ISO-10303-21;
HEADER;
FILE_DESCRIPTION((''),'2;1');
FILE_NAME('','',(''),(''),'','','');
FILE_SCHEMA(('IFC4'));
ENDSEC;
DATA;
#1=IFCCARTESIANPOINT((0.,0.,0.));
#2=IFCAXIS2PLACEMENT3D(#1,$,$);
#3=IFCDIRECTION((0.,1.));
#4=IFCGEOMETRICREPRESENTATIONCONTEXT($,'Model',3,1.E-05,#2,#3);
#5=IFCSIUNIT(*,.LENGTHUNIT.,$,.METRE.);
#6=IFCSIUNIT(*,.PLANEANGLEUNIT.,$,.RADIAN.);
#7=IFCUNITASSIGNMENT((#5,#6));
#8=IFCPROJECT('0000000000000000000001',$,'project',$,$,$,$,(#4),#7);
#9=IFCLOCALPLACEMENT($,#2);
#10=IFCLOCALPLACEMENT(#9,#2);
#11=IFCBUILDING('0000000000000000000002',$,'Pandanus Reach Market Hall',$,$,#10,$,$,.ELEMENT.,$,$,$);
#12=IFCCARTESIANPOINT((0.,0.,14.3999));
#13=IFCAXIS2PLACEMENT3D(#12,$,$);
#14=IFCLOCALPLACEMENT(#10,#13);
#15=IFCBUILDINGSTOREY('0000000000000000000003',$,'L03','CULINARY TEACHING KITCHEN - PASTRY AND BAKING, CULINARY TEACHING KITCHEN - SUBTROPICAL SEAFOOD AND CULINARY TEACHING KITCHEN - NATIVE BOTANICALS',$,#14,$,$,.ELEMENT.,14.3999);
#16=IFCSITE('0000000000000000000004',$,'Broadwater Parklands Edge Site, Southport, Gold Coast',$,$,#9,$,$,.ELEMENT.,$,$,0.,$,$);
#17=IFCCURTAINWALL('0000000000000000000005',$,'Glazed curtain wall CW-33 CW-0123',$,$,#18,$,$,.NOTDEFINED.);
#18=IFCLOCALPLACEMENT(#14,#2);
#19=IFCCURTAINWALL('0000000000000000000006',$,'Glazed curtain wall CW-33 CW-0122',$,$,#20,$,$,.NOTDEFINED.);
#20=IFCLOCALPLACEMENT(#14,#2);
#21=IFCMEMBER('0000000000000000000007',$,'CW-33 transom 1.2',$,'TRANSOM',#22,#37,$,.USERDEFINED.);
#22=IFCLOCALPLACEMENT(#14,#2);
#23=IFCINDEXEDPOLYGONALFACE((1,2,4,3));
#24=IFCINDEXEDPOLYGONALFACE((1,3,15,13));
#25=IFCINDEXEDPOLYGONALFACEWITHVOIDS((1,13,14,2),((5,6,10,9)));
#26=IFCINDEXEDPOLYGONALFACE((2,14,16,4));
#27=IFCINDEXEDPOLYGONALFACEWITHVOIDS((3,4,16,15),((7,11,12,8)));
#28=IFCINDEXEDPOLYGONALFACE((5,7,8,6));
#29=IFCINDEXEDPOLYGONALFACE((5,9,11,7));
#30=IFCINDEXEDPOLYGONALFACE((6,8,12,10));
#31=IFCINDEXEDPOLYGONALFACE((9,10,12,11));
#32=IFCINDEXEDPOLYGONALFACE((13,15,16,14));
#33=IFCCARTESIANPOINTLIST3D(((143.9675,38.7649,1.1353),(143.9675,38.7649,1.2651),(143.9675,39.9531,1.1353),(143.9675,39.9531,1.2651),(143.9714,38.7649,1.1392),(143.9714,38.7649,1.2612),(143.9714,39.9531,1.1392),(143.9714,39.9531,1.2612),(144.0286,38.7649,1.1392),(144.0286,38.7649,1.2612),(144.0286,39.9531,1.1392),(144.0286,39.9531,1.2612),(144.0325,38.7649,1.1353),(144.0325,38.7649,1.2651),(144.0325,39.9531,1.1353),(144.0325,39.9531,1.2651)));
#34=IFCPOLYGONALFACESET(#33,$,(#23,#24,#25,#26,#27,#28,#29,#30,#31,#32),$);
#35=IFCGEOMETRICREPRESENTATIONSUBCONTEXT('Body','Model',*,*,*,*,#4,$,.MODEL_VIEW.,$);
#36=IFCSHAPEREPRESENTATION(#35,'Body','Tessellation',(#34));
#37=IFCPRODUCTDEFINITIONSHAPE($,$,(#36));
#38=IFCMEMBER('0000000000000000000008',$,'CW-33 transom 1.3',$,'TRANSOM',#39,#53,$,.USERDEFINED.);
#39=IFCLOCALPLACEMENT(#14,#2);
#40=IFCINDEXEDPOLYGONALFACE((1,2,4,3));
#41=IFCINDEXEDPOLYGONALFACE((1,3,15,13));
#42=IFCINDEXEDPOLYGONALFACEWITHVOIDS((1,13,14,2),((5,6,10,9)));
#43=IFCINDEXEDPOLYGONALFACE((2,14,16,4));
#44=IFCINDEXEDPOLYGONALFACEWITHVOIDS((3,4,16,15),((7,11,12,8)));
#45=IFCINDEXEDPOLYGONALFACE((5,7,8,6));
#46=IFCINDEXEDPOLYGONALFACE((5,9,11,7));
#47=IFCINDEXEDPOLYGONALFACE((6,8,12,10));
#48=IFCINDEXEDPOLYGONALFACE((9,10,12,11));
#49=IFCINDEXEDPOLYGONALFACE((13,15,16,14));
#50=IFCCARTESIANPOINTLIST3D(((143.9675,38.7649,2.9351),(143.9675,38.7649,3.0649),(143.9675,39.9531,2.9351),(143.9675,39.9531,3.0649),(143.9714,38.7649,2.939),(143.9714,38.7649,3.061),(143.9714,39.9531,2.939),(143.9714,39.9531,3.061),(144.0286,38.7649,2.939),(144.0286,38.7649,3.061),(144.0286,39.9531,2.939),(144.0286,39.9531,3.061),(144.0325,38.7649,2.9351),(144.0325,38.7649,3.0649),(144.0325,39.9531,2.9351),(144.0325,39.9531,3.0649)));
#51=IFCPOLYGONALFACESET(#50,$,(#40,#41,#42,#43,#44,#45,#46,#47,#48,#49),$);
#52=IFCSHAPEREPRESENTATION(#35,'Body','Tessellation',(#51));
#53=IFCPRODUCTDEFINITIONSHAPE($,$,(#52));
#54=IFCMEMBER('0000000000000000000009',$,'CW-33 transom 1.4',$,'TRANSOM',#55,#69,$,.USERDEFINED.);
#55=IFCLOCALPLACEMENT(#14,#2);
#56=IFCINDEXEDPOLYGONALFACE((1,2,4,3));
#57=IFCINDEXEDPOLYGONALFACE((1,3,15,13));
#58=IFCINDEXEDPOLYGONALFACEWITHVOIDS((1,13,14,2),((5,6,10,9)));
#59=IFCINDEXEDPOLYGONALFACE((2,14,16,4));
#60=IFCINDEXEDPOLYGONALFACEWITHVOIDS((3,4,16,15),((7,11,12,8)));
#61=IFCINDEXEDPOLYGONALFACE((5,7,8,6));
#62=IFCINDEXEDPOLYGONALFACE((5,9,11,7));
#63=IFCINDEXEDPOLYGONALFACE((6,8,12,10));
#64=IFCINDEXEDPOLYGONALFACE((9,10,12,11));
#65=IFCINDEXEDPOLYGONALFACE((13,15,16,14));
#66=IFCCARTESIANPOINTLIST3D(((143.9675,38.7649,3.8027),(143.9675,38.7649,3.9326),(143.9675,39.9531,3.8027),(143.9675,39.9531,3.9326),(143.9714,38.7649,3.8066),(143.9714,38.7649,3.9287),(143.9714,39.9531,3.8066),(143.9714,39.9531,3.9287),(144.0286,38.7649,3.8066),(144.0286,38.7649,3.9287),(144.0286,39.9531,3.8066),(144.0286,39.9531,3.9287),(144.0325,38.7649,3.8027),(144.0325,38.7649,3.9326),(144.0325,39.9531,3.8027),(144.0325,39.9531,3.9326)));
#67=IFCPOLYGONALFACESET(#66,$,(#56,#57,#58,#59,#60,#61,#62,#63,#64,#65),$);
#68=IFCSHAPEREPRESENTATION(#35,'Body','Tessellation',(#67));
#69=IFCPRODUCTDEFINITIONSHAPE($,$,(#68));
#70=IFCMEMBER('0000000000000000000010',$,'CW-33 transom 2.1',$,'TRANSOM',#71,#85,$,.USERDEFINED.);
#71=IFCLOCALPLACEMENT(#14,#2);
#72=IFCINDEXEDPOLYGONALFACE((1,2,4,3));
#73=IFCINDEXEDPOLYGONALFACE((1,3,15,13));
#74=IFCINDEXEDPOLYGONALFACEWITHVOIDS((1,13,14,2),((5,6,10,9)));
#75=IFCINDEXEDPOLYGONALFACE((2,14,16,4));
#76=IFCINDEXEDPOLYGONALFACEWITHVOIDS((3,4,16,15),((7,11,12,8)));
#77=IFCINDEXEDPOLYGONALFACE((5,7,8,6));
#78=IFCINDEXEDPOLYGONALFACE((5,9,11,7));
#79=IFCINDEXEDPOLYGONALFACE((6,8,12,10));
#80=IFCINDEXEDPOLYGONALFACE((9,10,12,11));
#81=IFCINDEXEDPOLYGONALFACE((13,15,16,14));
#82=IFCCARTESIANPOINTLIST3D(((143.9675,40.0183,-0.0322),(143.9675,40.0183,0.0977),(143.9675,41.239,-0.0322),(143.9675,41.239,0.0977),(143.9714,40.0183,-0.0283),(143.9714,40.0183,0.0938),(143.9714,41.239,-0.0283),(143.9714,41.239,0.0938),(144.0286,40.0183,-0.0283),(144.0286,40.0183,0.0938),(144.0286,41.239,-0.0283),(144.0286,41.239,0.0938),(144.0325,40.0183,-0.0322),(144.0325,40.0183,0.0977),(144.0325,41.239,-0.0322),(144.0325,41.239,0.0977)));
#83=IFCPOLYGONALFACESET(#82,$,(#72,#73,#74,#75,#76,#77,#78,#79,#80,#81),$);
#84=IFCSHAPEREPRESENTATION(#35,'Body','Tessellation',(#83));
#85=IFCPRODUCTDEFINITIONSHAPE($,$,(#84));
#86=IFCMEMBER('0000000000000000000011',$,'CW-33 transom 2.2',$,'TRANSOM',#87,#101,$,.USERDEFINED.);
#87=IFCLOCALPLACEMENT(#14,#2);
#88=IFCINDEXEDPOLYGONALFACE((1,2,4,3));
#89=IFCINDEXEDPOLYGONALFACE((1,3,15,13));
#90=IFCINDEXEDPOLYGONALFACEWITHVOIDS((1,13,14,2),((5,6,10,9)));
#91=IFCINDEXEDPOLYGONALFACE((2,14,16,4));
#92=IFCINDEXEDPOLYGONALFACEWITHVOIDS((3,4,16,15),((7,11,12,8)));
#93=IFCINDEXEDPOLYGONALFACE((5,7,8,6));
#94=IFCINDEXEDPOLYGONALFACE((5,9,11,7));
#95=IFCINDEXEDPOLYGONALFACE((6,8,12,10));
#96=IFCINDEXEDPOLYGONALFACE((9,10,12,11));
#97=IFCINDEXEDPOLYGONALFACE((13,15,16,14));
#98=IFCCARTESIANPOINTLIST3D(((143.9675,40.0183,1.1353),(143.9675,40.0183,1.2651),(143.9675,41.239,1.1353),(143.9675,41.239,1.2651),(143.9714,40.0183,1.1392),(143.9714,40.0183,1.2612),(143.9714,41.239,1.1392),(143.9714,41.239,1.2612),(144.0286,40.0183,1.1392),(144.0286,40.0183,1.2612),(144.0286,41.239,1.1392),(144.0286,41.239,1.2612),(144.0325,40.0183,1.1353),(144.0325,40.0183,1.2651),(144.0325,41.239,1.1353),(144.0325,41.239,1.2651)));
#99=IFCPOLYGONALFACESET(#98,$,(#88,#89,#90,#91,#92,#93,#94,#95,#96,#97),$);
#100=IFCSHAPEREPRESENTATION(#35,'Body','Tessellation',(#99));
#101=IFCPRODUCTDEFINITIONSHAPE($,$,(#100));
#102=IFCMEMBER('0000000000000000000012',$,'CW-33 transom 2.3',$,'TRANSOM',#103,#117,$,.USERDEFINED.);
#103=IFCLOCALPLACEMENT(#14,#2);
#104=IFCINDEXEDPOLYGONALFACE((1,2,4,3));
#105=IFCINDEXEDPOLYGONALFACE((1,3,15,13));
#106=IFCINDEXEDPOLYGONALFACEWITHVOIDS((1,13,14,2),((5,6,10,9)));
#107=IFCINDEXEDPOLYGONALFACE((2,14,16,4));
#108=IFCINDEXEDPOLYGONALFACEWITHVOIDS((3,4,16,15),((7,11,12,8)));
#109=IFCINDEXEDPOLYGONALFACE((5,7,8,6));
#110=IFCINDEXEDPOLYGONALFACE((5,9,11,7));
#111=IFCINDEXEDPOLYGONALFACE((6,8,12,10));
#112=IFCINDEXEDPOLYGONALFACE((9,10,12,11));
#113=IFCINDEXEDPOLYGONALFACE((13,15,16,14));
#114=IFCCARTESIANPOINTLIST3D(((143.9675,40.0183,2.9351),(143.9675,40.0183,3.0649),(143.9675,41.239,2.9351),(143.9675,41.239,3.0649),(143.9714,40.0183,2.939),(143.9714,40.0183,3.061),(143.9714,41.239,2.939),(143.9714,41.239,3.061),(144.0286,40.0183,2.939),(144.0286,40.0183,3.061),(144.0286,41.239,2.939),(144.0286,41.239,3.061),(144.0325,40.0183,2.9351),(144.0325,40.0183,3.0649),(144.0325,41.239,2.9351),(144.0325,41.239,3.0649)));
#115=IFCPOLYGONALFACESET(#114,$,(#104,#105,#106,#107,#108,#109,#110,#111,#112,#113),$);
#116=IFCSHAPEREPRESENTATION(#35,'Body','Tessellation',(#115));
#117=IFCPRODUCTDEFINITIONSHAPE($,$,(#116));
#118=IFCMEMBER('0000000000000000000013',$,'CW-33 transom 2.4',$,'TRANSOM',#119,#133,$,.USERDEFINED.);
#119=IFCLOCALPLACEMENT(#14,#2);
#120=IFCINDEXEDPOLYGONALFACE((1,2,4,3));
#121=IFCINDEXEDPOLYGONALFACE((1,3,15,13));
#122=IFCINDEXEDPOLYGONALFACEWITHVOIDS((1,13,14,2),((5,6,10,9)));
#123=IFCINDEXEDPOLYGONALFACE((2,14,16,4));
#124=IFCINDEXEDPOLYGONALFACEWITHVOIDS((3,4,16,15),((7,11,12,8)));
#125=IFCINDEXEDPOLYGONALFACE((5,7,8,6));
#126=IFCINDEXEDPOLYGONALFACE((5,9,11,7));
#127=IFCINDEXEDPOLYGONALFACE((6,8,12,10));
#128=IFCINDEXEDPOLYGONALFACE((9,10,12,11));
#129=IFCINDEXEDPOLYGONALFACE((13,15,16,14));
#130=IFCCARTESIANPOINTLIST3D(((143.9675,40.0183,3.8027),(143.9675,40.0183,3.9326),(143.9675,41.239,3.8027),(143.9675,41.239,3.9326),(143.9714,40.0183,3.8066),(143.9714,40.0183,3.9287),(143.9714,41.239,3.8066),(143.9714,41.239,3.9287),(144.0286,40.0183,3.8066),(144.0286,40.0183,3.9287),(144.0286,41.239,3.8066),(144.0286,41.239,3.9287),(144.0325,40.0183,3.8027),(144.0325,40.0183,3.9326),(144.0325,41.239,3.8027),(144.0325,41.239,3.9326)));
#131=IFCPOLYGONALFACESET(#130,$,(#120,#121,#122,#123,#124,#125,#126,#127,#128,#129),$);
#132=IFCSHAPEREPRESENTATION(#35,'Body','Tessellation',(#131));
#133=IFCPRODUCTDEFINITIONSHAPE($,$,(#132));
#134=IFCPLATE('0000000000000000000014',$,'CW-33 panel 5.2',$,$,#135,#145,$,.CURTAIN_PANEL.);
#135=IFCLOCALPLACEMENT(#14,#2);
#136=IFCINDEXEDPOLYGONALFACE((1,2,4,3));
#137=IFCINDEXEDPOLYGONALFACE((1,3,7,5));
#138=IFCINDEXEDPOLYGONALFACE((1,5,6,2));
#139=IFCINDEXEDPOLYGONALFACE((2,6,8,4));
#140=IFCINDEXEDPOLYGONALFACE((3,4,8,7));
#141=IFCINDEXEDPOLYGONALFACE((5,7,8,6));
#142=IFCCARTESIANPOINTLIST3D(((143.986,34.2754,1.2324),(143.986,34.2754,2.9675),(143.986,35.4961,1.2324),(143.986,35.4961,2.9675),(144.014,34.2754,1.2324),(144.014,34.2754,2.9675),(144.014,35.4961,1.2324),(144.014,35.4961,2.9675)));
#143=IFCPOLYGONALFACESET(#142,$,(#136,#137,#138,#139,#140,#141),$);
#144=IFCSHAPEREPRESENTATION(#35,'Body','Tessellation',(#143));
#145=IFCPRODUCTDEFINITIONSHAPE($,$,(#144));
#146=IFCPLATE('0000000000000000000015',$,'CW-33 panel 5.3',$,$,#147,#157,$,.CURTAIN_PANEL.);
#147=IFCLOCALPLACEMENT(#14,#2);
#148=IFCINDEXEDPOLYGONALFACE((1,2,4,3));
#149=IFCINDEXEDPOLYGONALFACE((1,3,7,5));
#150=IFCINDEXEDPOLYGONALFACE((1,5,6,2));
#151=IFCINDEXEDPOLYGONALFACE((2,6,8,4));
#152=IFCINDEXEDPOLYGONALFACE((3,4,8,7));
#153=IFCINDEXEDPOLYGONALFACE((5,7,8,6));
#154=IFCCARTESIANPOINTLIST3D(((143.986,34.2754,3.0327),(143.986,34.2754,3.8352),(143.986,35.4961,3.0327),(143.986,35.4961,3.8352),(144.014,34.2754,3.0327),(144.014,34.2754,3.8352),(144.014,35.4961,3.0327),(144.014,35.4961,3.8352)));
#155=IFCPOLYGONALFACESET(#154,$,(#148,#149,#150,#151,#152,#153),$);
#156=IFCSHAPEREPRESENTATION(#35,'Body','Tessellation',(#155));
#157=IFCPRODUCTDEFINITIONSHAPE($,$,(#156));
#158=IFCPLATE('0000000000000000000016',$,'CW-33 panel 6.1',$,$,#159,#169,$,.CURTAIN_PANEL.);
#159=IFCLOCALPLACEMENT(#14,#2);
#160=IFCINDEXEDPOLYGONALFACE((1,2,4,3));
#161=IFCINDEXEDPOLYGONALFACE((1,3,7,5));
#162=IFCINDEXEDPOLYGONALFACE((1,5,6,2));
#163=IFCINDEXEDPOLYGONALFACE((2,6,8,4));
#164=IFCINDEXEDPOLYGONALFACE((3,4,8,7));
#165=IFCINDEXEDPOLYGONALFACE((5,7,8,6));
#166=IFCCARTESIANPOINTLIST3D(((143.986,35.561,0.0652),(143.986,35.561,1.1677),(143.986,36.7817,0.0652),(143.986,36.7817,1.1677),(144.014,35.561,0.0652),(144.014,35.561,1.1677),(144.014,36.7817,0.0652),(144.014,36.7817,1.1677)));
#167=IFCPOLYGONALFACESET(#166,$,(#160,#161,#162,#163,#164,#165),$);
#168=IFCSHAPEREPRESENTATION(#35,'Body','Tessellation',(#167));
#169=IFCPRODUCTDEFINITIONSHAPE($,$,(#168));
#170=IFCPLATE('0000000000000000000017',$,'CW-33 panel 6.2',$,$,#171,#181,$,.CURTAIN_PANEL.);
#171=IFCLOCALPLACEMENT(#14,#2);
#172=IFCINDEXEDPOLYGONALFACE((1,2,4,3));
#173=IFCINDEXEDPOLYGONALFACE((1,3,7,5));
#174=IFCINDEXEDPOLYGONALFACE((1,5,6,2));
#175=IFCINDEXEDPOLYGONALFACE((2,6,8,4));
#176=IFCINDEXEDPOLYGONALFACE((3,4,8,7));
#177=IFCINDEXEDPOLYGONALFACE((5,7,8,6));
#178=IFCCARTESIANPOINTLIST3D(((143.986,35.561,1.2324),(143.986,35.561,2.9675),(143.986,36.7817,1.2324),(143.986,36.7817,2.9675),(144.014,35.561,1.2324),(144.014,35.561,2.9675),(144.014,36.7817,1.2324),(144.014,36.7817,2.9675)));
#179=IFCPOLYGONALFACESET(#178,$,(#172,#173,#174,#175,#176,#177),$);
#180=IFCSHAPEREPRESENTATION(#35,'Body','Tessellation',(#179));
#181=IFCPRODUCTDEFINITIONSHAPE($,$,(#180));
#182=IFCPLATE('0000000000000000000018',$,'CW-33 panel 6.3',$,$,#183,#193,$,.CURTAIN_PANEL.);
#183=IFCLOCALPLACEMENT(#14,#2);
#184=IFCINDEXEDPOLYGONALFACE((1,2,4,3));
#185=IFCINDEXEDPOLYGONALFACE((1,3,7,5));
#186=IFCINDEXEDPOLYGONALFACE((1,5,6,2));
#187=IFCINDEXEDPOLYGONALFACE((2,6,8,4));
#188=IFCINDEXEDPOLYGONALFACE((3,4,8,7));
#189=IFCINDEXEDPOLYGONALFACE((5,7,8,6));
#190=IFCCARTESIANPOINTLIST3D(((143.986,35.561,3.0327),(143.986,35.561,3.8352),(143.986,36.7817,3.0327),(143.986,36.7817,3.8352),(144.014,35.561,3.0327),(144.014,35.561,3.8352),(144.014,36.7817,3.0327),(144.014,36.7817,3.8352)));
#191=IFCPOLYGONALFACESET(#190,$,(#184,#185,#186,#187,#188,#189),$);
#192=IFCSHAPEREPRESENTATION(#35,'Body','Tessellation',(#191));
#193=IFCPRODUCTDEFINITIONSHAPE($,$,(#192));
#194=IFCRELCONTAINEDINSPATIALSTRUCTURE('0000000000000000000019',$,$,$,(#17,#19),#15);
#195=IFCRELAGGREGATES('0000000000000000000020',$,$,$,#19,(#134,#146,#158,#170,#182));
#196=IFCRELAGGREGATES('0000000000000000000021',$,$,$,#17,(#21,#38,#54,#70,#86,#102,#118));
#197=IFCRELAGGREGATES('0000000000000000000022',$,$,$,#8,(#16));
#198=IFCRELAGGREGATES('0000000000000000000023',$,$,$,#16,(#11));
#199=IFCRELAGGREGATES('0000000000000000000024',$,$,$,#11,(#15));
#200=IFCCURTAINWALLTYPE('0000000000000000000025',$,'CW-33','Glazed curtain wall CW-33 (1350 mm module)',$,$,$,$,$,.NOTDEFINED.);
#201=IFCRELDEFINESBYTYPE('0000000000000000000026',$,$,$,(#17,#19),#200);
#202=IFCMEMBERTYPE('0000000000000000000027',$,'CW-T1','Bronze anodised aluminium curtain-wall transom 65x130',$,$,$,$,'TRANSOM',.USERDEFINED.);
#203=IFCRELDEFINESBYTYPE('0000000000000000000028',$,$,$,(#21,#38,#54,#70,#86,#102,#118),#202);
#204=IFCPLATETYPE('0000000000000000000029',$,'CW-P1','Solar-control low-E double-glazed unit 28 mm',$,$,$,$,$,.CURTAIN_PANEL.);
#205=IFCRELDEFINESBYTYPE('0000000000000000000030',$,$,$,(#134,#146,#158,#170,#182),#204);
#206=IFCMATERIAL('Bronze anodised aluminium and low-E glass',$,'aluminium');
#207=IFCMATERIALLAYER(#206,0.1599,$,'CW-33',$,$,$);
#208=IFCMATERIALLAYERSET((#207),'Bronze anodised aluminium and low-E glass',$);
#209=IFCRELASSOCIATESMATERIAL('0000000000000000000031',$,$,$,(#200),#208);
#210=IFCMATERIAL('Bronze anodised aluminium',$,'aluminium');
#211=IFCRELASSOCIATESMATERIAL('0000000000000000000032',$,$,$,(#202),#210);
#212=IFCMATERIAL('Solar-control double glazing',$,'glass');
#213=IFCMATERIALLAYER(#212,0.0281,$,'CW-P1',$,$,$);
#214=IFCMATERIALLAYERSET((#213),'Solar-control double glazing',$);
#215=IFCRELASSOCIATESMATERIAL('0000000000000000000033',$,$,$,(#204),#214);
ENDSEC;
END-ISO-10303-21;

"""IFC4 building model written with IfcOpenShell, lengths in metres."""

from ifc_helpers import new_model, si_unit, direction, frame, origin, origin_2d, place, context, subcontext, project, spatial, rectangle, hollow_rectangle, extrude, material, layer, layer_set, material_profile, profile_set, type_object, element, aggregate, save


model = new_model("IFC4")

# Units and contexts
model_context = context("Model", 3, precision=1e-05, world=origin(), true_north=direction((0.0, 1.0)))
body_context = subcontext(model_context, "Body", "Model", "MODEL_VIEW")
ifc_project = project(units=[si_unit("LENGTHUNIT", "METRE"), si_unit("PLANEANGLEUNIT", "RADIAN")], contexts=[model_context])

# Site, building, storey
site_placement = place(None, origin())
site = spatial("IfcSite", under=ifc_project, at=site_placement, Name="Broadwater Parklands Edge Site, Southport, Gold Coast", CompositionType="ELEMENT", RefElevation=0.0)
building_placement = place(site_placement, origin())
building = spatial("IfcBuilding", under=site, at=building_placement, Name="Pandanus Reach Market Hall", CompositionType="ELEMENT")
storey_placement = place(building_placement, frame((0.0, 0.0, 14.3999)))
storey = spatial("IfcBuildingStorey", under=building, at=storey_placement, Name="L03", Description="CULINARY TEACHING KITCHEN - PASTRY AND BAKING, CULINARY TEACHING KITCHEN - SUBTROPICAL SEAFOOD AND CULINARY TEACHING KITCHEN - NATIVE BOTANICALS", CompositionType="ELEMENT", Elevation=14.3999)

# Curtain walls
ifc_material_1 = material(Name="Bronze anodised aluminium and low-E glass", Category="aluminium")
ifc_layer_1 = layer(ifc_material_1, 0.1599, Name="CW-33")
ifc_layer_set_1 = layer_set([ifc_layer_1], Name="Bronze anodised aluminium and low-E glass")
curtain_wall_type = type_object("IfcCurtainWallType", Name="CW-33", Description="Glazed curtain wall CW-33 (1350 mm module)", PredefinedType="NOTDEFINED", material=ifc_layer_set_1)
curtain_wall_1_placement = place(storey_placement, origin())
curtain_wall_1 = element("IfcCurtainWall", 1, at=curtain_wall_1_placement, inside=storey, type_object=curtain_wall_type, Name="Glazed curtain wall CW-33 CW-0123", PredefinedType="NOTDEFINED")
ifc_material_2 = material(Name="Bronze anodised aluminium", Category="aluminium")
curtain_wall_2_placement = place(storey_placement, origin())
curtain_wall_2 = element("IfcCurtainWall", 2, at=curtain_wall_2_placement, inside=storey, type_object=curtain_wall_type, Name="Glazed curtain wall CW-33 CW-0122", PredefinedType="NOTDEFINED")
ifc_material_profile_1 = material_profile(ifc_material_2, hollow_rectangle(XDim=0.0649, YDim=0.1299, WallThickness=0.0039, at=origin_2d()), Name="ALU65x130", Category="LoadBearing")
ifc_profile_set_1 = profile_set([ifc_material_profile_1], Name="Bronze anodised aluminium")
member_type_1 = type_object("IfcMemberType", Name="CW-T1", Description="Bronze anodised aluminium curtain-wall transom 65x130", ElementType="TRANSOM", PredefinedType="USERDEFINED", material=ifc_profile_set_1)

# Members
member_1_placement = place(storey_placement, frame((144.0, 38.7649, 1.2002), z_axis=(0.0, 1.0, 0.0), x_axis=(-1.0, 0.0, 0.0)))
member_1 = element("IfcMember", 3, at=member_1_placement, type_object=member_type_1, Name="CW-33 transom 1.2", ObjectType="TRANSOM", PredefinedType="USERDEFINED", context=body_context, shape_type="SweptSolid", body=[
    extrude(hollow_rectangle(XDim=0.0649, YDim=0.1299, WallThickness=0.0039, at=origin_2d()), origin(), (0.0, 0.0, 1.0), 1.1882),
])
member_2_placement = place(storey_placement, frame((144.0, 38.7649, 3.0), z_axis=(0.0, 1.0, 0.0), x_axis=(-1.0, 0.0, 0.0)))
member_2 = element("IfcMember", 4, at=member_2_placement, type_object=member_type_1, Name="CW-33 transom 1.3", ObjectType="TRANSOM", PredefinedType="USERDEFINED", context=body_context, shape_type="SweptSolid", body=[
    extrude(hollow_rectangle(XDim=0.0649, YDim=0.1299, WallThickness=0.0039, at=origin_2d()), origin(), (0.0, 0.0, 1.0), 1.1882),
])
member_3_placement = place(storey_placement, frame((144.0, 38.7649, 3.8677), z_axis=(0.0, 1.0, 0.0), x_axis=(-1.0, 0.0, 0.0)))
member_3 = element("IfcMember", 5, at=member_3_placement, type_object=member_type_1, Name="CW-33 transom 1.4", ObjectType="TRANSOM", PredefinedType="USERDEFINED", context=body_context, shape_type="SweptSolid", body=[
    extrude(hollow_rectangle(XDim=0.0649, YDim=0.1299, WallThickness=0.0039, at=origin_2d()), origin(), (0.0, 0.0, 1.0), 1.1882),
])
member_4_placement = place(storey_placement, frame((144.0, 40.0183, 0.0327), z_axis=(0.0, 1.0, 0.0), x_axis=(-1.0, 0.0, 0.0)))
member_4 = element("IfcMember", 6, at=member_4_placement, type_object=member_type_1, Name="CW-33 transom 2.1", ObjectType="TRANSOM", PredefinedType="USERDEFINED", context=body_context, shape_type="SweptSolid", body=[
    extrude(hollow_rectangle(XDim=0.0649, YDim=0.1299, WallThickness=0.0039, at=origin_2d()), origin(), (0.0, 0.0, 1.0), 1.2207),
])
member_5_placement = place(storey_placement, frame((144.0, 40.0183, 1.2002), z_axis=(0.0, 1.0, 0.0), x_axis=(-1.0, 0.0, 0.0)))
member_5 = element("IfcMember", 7, at=member_5_placement, type_object=member_type_1, Name="CW-33 transom 2.2", ObjectType="TRANSOM", PredefinedType="USERDEFINED", context=body_context, shape_type="SweptSolid", body=[
    extrude(hollow_rectangle(XDim=0.0649, YDim=0.1299, WallThickness=0.0039, at=origin_2d()), origin(), (0.0, 0.0, 1.0), 1.2207),
])
member_6_placement = place(storey_placement, frame((144.0, 40.0183, 3.0), z_axis=(0.0, 1.0, 0.0), x_axis=(-1.0, 0.0, 0.0)))
member_6 = element("IfcMember", 8, at=member_6_placement, type_object=member_type_1, Name="CW-33 transom 2.3", ObjectType="TRANSOM", PredefinedType="USERDEFINED", context=body_context, shape_type="SweptSolid", body=[
    extrude(hollow_rectangle(XDim=0.0649, YDim=0.1299, WallThickness=0.0039, at=origin_2d()), origin(), (0.0, 0.0, 1.0), 1.2207),
])
member_7_placement = place(storey_placement, frame((144.0, 40.0183, 3.8677), z_axis=(0.0, 1.0, 0.0), x_axis=(-1.0, 0.0, 0.0)))
member_7 = element("IfcMember", 9, at=member_7_placement, type_object=member_type_1, Name="CW-33 transom 2.4", ObjectType="TRANSOM", PredefinedType="USERDEFINED", context=body_context, shape_type="SweptSolid", body=[
    extrude(hollow_rectangle(XDim=0.0649, YDim=0.1299, WallThickness=0.0039, at=origin_2d()), origin(), (0.0, 0.0, 1.0), 1.2207),
])

# Plates
ifc_material_3 = material(Name="Solar-control double glazing", Category="glass")
ifc_layer_2 = layer(ifc_material_3, 0.0281, Name="CW-P1")
ifc_layer_set_2 = layer_set([ifc_layer_2], Name="Solar-control double glazing")
plate_type = type_object("IfcPlateType", Name="CW-P1", Description="Solar-control low-E double-glazed unit 28 mm", PredefinedType="CURTAIN_PANEL", material=ifc_layer_set_2)
plate_1_placement = place(storey_placement, frame((144.0, 34.8857, 1.2324), z_axis=(0.0, 0.0, 1.0), x_axis=(0.0, 1.0, 0.0)))
plate_1 = element("IfcPlate", 10, at=plate_1_placement, type_object=plate_type, Name="CW-33 panel 5.2", PredefinedType="CURTAIN_PANEL", context=body_context, shape_type="SweptSolid", body=[
    extrude(rectangle(XDim=1.2207, YDim=0.0281, at=origin_2d()), origin(), (0.0, 0.0, 1.0), 1.7351),
])
plate_2_placement = place(storey_placement, frame((144.0, 34.8857, 3.0327), z_axis=(0.0, 0.0, 1.0), x_axis=(0.0, 1.0, 0.0)))
plate_2 = element("IfcPlate", 11, at=plate_2_placement, type_object=plate_type, Name="CW-33 panel 5.3", PredefinedType="CURTAIN_PANEL", context=body_context, shape_type="SweptSolid", body=[
    extrude(rectangle(XDim=1.2207, YDim=0.0281, at=origin_2d()), origin(), (0.0, 0.0, 1.0), 0.8025),
])
plate_3_placement = place(storey_placement, frame((144.0, 36.1714, 0.0652), z_axis=(0.0, 0.0, 1.0), x_axis=(0.0, 1.0, 0.0)))
plate_3 = element("IfcPlate", 12, at=plate_3_placement, type_object=plate_type, Name="CW-33 panel 6.1", PredefinedType="CURTAIN_PANEL", context=body_context, shape_type="SweptSolid", body=[
    extrude(rectangle(XDim=1.2207, YDim=0.0281, at=origin_2d()), origin(), (0.0, 0.0, 1.0), 1.1025),
])
plate_4_placement = place(storey_placement, frame((144.0, 36.1714, 1.2324), z_axis=(0.0, 0.0, 1.0), x_axis=(0.0, 1.0, 0.0)))
plate_4 = element("IfcPlate", 13, at=plate_4_placement, type_object=plate_type, Name="CW-33 panel 6.2", PredefinedType="CURTAIN_PANEL", context=body_context, shape_type="SweptSolid", body=[
    extrude(rectangle(XDim=1.2207, YDim=0.0281, at=origin_2d()), origin(), (0.0, 0.0, 1.0), 1.7351),
])
plate_5_placement = place(storey_placement, frame((144.0, 36.1714, 3.0327), z_axis=(0.0, 0.0, 1.0), x_axis=(0.0, 1.0, 0.0)))
plate_5 = element("IfcPlate", 14, at=plate_5_placement, type_object=plate_type, Name="CW-33 panel 6.3", PredefinedType="CURTAIN_PANEL", context=body_context, shape_type="SweptSolid", body=[
    extrude(rectangle(XDim=1.2207, YDim=0.0281, at=origin_2d()), origin(), (0.0, 0.0, 1.0), 0.8025),
])
aggregate(curtain_wall_2, [plate_1, plate_2, plate_3, plate_4, plate_5])
aggregate(curtain_wall_1, [member_1, member_2, member_3, member_4, member_5, member_6, member_7])

save(model, "model.ifc")
